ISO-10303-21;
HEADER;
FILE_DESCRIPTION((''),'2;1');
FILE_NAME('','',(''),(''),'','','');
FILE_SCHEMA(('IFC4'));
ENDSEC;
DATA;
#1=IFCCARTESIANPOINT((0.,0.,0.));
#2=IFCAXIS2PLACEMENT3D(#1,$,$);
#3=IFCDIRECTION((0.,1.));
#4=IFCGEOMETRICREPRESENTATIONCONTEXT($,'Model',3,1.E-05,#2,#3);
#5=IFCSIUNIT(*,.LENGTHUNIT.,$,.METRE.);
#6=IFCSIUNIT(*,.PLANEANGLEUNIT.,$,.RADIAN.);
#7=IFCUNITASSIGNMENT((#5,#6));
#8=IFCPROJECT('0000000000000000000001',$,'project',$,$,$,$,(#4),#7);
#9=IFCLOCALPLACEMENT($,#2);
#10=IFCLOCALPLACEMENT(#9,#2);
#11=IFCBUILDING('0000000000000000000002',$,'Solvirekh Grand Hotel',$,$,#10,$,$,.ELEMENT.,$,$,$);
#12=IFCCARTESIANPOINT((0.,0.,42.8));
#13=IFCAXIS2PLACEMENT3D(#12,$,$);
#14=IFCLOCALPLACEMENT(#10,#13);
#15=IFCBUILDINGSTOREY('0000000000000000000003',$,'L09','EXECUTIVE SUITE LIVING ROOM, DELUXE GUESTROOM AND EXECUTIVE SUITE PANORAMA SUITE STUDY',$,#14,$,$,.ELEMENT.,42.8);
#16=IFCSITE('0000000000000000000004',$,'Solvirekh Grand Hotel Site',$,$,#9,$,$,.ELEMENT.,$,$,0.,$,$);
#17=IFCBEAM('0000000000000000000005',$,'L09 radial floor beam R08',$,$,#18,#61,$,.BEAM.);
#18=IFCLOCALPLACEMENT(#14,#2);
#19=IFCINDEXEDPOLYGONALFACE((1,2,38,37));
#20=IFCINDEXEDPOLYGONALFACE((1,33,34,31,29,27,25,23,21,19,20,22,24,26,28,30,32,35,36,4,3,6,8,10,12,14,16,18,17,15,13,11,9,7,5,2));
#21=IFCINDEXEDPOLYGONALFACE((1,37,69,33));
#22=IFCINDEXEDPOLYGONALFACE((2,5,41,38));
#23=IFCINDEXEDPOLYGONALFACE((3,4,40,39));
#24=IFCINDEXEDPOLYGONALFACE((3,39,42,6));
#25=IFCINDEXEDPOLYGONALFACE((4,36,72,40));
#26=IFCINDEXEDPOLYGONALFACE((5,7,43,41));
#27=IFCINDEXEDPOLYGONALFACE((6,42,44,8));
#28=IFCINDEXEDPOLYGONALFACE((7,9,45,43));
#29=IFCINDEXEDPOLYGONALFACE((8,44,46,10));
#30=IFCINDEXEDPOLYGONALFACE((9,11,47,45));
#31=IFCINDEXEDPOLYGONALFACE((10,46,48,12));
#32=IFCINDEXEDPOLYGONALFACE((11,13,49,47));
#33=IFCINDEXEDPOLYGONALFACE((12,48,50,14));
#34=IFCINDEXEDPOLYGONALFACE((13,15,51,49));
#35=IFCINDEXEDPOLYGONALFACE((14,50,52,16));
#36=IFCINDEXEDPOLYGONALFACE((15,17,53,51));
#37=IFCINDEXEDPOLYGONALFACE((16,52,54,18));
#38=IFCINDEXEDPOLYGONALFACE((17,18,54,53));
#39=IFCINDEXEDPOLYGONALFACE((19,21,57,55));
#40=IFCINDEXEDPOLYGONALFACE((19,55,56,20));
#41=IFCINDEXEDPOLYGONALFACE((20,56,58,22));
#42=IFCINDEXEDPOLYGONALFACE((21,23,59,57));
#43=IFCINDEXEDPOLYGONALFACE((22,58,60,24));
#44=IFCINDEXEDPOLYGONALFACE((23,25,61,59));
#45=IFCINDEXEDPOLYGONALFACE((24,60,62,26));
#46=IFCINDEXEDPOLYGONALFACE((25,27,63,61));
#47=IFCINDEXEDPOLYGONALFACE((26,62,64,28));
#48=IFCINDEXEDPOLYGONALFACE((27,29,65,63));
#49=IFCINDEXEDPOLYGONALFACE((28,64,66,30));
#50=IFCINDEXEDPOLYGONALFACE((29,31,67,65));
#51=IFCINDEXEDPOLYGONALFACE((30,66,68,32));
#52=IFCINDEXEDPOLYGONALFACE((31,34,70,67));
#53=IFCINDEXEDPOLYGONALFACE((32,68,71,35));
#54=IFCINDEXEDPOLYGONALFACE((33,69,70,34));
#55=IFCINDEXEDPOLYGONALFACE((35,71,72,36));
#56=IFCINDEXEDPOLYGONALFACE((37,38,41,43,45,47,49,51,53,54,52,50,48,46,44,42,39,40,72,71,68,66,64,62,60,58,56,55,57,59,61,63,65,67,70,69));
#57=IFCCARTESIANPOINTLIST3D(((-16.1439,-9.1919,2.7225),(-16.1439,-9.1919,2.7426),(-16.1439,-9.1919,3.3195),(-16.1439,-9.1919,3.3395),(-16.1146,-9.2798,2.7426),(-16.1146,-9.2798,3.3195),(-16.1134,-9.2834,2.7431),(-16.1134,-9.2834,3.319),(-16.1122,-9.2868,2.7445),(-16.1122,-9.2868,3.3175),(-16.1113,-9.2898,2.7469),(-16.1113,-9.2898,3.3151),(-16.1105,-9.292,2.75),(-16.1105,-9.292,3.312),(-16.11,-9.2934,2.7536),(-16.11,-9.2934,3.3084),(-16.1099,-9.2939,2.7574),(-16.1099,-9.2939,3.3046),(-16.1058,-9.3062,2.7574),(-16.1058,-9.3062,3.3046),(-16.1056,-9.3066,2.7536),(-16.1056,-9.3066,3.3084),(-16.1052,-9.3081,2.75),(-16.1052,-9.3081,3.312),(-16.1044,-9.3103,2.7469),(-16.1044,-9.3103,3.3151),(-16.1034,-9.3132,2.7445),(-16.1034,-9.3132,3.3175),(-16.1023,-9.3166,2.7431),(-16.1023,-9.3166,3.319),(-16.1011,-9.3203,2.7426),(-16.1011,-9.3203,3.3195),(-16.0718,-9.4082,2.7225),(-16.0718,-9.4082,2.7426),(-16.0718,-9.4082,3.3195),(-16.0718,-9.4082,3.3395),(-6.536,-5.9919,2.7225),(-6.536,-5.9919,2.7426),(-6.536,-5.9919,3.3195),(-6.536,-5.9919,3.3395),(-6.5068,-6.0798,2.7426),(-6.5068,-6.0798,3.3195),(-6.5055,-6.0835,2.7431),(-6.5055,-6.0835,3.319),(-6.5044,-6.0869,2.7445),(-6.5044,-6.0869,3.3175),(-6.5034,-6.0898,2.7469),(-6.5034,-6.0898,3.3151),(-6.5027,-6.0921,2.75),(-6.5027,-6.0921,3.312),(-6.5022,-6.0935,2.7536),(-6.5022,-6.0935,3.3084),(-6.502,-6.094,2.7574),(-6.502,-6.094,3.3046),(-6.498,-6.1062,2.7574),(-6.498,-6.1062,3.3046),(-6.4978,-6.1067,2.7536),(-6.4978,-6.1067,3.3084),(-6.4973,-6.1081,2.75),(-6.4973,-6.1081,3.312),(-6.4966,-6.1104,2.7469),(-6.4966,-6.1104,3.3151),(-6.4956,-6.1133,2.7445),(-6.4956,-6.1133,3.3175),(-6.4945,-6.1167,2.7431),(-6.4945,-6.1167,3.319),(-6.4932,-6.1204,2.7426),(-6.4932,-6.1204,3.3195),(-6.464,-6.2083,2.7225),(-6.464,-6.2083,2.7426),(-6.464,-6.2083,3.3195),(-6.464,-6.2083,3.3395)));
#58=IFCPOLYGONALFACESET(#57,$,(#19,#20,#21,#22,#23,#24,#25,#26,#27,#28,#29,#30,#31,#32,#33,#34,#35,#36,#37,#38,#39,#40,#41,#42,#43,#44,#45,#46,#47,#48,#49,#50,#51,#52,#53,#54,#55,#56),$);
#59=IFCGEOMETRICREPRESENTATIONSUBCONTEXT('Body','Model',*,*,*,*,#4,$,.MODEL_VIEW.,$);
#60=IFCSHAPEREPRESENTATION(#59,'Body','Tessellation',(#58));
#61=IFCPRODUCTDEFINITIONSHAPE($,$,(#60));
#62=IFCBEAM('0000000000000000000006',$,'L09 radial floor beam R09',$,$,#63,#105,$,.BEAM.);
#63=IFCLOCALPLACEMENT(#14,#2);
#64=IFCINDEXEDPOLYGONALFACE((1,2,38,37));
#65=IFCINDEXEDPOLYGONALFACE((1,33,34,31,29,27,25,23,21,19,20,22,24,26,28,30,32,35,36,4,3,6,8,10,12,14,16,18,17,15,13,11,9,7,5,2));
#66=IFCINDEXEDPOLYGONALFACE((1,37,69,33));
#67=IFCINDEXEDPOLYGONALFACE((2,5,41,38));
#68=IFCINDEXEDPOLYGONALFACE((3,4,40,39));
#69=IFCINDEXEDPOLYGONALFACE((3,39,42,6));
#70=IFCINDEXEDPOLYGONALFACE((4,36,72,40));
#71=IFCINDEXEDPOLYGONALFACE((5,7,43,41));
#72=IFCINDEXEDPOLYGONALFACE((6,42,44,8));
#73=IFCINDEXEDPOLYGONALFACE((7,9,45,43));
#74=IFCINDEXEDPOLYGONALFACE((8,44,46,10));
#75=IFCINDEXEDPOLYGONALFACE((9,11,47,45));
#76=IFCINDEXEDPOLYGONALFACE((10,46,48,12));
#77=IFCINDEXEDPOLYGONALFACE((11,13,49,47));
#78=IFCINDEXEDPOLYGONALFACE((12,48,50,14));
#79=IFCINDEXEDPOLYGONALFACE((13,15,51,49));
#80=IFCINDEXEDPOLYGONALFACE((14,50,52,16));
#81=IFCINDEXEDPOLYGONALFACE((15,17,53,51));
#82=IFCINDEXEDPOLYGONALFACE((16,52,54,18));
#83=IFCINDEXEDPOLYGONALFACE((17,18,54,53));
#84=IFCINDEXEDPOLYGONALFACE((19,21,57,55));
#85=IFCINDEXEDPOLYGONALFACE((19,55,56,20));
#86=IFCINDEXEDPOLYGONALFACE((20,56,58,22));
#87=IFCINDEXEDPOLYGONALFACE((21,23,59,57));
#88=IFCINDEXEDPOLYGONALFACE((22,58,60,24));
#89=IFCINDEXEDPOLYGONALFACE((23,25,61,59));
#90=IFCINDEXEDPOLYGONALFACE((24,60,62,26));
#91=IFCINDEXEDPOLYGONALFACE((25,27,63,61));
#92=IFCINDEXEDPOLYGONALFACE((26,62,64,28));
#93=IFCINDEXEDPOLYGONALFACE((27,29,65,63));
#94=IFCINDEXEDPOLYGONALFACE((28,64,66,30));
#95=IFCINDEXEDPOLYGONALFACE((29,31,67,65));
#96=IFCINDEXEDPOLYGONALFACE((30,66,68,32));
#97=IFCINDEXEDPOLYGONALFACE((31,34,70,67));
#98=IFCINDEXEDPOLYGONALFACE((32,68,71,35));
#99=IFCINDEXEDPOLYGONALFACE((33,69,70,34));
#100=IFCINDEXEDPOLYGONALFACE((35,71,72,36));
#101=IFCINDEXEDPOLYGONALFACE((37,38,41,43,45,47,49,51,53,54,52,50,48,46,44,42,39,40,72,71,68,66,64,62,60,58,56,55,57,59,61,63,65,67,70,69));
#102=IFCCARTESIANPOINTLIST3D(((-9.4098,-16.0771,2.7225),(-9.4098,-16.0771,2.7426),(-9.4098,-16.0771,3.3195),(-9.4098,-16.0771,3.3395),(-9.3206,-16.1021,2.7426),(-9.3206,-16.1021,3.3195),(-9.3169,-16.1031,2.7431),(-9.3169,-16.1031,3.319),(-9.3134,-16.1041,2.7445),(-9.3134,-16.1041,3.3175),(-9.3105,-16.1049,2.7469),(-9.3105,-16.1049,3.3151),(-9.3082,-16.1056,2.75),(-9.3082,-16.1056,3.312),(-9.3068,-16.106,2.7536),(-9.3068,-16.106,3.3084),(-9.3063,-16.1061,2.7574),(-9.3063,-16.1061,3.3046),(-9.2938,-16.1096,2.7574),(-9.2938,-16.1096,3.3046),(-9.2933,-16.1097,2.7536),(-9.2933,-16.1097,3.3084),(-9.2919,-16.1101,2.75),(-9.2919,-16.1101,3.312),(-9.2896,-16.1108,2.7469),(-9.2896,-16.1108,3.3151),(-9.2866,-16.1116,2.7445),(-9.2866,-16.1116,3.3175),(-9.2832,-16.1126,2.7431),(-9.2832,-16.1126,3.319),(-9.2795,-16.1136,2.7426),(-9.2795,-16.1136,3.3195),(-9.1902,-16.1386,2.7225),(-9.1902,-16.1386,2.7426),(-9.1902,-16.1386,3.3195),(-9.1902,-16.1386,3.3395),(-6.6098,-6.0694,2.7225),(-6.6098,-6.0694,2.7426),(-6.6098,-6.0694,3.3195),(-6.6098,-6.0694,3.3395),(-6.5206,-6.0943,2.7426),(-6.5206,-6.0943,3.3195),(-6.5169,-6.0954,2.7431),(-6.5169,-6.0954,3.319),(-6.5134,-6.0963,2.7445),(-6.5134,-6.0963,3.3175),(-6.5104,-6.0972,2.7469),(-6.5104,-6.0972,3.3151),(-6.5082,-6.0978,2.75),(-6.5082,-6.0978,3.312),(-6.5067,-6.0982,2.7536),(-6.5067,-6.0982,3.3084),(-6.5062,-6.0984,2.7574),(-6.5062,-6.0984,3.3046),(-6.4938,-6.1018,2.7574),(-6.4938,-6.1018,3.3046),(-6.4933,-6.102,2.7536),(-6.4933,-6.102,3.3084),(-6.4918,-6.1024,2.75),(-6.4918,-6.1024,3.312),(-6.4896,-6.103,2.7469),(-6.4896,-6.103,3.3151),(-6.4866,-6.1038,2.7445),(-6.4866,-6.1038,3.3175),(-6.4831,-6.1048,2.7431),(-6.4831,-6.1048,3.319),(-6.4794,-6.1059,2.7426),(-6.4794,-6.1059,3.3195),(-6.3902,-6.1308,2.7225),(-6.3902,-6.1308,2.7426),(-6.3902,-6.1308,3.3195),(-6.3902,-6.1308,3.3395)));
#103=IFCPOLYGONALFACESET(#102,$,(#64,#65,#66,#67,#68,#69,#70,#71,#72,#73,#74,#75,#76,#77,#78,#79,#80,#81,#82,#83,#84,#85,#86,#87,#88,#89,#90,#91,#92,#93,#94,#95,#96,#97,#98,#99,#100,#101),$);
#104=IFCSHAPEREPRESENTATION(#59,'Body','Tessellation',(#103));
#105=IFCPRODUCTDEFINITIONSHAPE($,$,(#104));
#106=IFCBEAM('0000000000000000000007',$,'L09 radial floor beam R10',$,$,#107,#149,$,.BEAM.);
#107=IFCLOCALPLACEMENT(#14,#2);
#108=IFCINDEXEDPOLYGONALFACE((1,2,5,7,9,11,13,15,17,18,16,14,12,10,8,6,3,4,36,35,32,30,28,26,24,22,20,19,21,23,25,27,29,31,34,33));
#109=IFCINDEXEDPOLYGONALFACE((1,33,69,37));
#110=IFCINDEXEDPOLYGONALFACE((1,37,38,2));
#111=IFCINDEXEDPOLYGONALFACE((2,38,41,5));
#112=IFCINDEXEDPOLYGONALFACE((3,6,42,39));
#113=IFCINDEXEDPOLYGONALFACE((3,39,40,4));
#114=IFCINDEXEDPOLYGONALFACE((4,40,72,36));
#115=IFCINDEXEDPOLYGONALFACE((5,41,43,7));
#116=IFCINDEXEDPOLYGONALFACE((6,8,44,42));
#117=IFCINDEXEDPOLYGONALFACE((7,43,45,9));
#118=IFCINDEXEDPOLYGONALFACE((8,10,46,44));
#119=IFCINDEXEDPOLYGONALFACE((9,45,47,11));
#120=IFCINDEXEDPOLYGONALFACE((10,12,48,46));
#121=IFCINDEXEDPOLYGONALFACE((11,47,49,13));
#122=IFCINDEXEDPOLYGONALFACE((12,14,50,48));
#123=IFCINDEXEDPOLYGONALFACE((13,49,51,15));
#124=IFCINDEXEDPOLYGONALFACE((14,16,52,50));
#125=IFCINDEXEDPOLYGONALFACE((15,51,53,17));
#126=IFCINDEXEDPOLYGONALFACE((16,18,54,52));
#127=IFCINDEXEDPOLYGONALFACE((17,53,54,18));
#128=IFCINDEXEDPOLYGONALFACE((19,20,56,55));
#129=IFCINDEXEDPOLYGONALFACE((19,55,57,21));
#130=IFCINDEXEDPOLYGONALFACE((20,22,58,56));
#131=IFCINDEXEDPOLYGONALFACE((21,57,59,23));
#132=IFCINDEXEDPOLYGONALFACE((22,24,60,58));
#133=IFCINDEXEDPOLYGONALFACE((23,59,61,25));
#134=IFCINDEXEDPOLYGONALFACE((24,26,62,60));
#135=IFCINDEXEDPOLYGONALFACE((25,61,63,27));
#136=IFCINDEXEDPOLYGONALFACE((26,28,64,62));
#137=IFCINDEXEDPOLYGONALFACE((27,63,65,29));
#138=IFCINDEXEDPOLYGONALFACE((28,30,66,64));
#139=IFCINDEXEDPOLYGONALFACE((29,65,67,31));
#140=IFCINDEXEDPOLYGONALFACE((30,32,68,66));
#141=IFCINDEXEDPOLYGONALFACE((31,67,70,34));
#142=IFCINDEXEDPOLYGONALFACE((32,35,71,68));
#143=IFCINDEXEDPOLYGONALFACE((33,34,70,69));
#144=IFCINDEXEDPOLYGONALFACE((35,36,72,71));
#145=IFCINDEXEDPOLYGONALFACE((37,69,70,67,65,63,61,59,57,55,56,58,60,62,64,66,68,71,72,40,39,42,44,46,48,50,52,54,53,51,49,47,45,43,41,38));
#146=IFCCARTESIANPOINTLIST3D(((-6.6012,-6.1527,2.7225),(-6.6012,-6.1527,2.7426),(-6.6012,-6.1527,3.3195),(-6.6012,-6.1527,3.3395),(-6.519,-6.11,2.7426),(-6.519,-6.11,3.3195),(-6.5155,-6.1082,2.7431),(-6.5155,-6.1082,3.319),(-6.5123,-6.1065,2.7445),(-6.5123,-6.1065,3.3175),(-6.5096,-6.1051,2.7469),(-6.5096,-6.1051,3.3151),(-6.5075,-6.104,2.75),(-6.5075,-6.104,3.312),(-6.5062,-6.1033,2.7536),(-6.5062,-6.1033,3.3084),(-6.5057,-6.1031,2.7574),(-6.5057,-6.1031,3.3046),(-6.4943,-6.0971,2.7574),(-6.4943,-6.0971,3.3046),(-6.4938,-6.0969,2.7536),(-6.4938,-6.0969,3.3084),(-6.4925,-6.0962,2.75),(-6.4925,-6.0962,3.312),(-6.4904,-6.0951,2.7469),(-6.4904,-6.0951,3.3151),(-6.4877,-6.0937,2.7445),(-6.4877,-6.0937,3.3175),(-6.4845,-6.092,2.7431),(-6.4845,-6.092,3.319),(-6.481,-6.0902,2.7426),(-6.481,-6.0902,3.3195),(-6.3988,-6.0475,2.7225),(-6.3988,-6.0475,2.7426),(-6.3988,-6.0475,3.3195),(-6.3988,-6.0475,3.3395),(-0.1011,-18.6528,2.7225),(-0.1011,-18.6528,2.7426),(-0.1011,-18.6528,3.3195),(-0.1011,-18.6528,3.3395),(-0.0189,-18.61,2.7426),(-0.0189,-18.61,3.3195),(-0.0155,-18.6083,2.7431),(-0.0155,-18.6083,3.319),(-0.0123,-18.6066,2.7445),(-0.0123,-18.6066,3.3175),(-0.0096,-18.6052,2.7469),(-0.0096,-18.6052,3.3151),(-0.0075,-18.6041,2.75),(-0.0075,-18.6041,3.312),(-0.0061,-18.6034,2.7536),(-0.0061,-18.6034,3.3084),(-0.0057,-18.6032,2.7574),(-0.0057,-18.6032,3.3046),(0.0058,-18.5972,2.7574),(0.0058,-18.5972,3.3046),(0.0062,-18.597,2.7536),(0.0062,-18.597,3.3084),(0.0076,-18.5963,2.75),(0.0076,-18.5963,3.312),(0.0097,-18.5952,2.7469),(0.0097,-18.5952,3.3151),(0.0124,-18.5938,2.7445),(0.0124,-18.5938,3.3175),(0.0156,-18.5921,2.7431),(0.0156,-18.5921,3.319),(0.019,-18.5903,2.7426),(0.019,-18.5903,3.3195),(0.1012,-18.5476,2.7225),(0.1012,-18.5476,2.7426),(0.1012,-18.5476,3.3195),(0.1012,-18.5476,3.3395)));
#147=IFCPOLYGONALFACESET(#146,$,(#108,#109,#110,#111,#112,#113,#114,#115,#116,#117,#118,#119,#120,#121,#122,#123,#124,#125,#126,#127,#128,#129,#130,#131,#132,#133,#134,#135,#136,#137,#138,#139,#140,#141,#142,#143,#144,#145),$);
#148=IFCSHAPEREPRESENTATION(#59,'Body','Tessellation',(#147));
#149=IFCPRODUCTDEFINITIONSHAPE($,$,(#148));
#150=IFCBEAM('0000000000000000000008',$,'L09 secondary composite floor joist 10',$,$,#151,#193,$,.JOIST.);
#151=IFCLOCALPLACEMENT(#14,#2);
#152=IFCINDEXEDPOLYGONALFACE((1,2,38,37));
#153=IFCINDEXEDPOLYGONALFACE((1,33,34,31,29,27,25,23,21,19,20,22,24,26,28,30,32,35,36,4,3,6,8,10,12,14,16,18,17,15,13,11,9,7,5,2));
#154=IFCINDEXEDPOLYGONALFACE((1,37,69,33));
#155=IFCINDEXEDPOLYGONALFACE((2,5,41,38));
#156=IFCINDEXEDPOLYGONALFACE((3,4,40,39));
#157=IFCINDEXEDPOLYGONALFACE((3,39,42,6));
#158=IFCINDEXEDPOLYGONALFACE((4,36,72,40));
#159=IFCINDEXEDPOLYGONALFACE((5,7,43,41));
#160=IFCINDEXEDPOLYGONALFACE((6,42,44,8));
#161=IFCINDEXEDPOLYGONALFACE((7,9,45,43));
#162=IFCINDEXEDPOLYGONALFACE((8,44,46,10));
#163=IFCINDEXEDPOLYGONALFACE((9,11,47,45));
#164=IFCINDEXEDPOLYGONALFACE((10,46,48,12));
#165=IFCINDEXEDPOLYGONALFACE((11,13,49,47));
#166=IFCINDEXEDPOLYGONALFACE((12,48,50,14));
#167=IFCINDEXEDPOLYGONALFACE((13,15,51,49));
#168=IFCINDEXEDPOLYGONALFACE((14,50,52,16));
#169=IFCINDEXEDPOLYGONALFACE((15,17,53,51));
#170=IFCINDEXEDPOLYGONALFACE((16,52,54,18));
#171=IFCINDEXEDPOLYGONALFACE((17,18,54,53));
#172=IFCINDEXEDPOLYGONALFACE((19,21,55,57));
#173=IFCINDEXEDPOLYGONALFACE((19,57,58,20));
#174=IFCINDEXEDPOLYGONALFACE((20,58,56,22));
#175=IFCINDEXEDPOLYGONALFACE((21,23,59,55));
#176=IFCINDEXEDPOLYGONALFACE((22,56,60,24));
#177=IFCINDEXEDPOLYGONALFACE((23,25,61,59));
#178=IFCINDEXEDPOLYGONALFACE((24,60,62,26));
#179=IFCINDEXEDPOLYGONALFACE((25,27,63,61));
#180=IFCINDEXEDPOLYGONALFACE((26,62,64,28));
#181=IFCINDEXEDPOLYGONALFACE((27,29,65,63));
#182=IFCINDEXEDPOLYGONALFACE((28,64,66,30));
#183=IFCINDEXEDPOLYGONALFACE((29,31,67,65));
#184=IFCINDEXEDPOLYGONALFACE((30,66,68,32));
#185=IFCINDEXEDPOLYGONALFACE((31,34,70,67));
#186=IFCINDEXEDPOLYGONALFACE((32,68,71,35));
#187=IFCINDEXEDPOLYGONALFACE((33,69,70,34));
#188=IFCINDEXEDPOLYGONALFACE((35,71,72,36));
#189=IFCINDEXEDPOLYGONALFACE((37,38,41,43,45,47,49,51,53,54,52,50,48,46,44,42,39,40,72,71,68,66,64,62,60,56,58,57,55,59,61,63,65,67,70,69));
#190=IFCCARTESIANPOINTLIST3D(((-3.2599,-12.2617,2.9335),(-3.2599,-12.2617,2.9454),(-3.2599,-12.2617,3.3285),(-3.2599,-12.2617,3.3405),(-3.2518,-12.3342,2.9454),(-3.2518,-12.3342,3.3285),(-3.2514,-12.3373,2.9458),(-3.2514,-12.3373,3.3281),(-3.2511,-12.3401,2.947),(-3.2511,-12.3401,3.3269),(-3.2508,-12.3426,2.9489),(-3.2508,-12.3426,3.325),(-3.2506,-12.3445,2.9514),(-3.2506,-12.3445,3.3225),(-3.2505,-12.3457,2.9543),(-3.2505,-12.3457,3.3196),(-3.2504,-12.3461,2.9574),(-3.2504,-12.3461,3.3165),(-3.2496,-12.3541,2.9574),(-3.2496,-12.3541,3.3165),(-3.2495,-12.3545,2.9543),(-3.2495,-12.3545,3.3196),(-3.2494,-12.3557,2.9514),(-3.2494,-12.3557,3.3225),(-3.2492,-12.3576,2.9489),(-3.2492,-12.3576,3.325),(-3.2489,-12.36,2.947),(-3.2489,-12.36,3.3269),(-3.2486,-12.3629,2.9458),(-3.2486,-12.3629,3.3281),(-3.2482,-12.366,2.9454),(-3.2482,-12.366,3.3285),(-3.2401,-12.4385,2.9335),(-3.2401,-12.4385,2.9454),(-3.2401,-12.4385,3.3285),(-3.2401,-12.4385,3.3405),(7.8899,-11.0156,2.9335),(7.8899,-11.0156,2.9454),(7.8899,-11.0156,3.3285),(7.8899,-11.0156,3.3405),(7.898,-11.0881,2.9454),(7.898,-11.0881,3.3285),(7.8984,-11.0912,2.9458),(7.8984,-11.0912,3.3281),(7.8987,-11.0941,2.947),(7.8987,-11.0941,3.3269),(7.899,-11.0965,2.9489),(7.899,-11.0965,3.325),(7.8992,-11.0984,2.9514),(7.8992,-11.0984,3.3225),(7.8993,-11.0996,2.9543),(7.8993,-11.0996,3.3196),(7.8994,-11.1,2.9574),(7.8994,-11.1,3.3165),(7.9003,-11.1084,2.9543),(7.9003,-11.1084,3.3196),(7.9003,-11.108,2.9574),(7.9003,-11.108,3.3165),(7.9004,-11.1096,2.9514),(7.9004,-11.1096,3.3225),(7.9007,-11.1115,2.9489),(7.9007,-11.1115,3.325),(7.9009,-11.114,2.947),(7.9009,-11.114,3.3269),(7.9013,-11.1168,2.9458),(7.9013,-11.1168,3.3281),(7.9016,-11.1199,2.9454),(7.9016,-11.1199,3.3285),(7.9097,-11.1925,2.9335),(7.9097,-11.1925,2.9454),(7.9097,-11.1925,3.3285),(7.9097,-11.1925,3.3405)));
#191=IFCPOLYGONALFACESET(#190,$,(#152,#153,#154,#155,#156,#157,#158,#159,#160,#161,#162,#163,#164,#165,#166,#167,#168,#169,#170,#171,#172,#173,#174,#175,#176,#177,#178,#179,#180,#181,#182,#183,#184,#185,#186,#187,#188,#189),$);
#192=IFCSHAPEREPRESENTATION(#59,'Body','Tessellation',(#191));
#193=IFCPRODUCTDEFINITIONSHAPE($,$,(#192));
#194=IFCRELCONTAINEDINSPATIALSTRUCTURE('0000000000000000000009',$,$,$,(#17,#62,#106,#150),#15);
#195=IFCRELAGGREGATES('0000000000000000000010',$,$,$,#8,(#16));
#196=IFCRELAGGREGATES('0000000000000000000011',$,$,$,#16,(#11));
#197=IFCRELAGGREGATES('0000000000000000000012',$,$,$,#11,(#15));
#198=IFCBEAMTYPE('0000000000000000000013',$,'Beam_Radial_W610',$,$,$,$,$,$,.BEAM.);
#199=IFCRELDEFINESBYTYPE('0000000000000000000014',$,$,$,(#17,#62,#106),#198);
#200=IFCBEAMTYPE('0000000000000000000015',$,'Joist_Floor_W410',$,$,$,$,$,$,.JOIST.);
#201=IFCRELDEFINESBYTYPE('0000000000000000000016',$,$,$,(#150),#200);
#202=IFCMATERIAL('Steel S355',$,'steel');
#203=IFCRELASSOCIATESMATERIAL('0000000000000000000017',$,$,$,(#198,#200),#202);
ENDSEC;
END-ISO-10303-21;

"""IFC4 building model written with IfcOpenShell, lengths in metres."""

from ifc_helpers import new_model, si_unit, direction, frame, origin, origin_2d, place, context, subcontext, project, spatial, i_section, extrude, material, material_profile, profile_set, type_object, element, save


model = new_model("IFC4")

# Units and contexts
model_context = context("Model", 3, precision=1e-05, world=origin(), true_north=direction((0.0, 1.0)))
body_context = subcontext(model_context, "Body", "Model", "MODEL_VIEW")
ifc_project = project(units=[si_unit("LENGTHUNIT", "METRE"), si_unit("PLANEANGLEUNIT", "RADIAN")], contexts=[model_context])

# Site, building, storey
site_placement = place(None, origin())
site = spatial("IfcSite", under=ifc_project, at=site_placement, Name="Solvirekh Grand Hotel Site", CompositionType="ELEMENT", RefElevation=0.0)
building_placement = place(site_placement, origin())
building = spatial("IfcBuilding", under=site, at=building_placement, Name="Solvirekh Grand Hotel", CompositionType="ELEMENT")
storey_placement = place(building_placement, frame((0.0, 0.0, 42.8)))
storey = spatial("IfcBuildingStorey", under=building, at=storey_placement, Name="L09", Description="EXECUTIVE SUITE LIVING ROOM, DELUXE GUESTROOM AND EXECUTIVE SUITE PANORAMA SUITE STUDY", CompositionType="ELEMENT", Elevation=42.8)

# Beams
ifc_material_1 = material(Name="Steel S355", Category="steel")
ifc_material_profile_1 = material_profile(ifc_material_1, i_section(OverallWidth=0.228, OverallDepth=0.6169, WebThickness=0.0129, FlangeThickness=0.02, FilletRadius=0.0149, at=origin_2d()), Name="W610X140")
ifc_profile_set_1 = profile_set([ifc_material_profile_1], Name="Steel S355")
beam_type_1 = type_object("IfcBeamType", Name="Beam_Radial_W610", PredefinedType="BEAM", material=ifc_profile_set_1)
beam_1_placement = place(storey_placement, frame((-6.5, -6.1001, 3.031), z_axis=(-0.948763, -0.315989, 0.0), x_axis=(0.315989, -0.948763, 0.0)))
element("IfcBeam", 1, at=beam_1_placement, inside=storey, type_object=beam_type_1, Name="L09 radial floor beam R08", PredefinedType="BEAM", context=body_context, shape_type="SweptSolid", body=[
    extrude(i_section(OverallWidth=0.228, OverallDepth=0.6169, WebThickness=0.0129, FlangeThickness=0.02, FilletRadius=0.0149, at=origin_2d()), origin(), (0.0, 0.0, 1.0), 10.1267),
])
beam_2_placement = place(storey_placement, frame((-6.5, -6.1001, 3.031), z_axis=(-0.269439, -0.963017, 0.0), x_axis=(0.963017, -0.269439, 0.0)))
element("IfcBeam", 2, at=beam_2_placement, inside=storey, type_object=beam_type_1, Name="L09 radial floor beam R09", PredefinedType="BEAM", context=body_context, shape_type="SweptSolid", body=[
    extrude(i_section(OverallWidth=0.228, OverallDepth=0.6169, WebThickness=0.0129, FlangeThickness=0.02, FilletRadius=0.0149, at=origin_2d()), origin(), (0.0, 0.0, 1.0), 10.3921),
])
beam_3_placement = place(storey_placement, frame((-6.5, -6.1001, 3.031), z_axis=(0.461353, -0.887217, 0.0), x_axis=(0.887217, 0.461353, 0.0)))
element("IfcBeam", 3, at=beam_3_placement, inside=storey, type_object=beam_type_1, Name="L09 radial floor beam R10", PredefinedType="BEAM", context=body_context, shape_type="SweptSolid", body=[
    extrude(i_section(OverallWidth=0.228, OverallDepth=0.6169, WebThickness=0.0129, FlangeThickness=0.02, FilletRadius=0.0149, at=origin_2d()), origin(), (0.0, 0.0, 1.0), 14.0891),
])
ifc_material_profile_2 = material_profile(ifc_material_1, i_section(OverallWidth=0.178, OverallDepth=0.407, WebThickness=0.0081, FlangeThickness=0.012, FilletRadius=0.012, at=origin_2d()), Name="W410X60")
ifc_profile_set_2 = profile_set([ifc_material_profile_2], Name="Steel S355")
beam_type_2 = type_object("IfcBeamType", Name="Joist_Floor_W410", PredefinedType="JOIST", material=ifc_profile_set_2)
beam_4_placement = place(storey_placement, frame((-3.25, -12.3501, 3.137), z_axis=(0.993813, 0.111067, 0.0), x_axis=(-0.111067, 0.993813, 0.0)))
element("IfcBeam", 4, at=beam_4_placement, inside=storey, type_object=beam_type_2, Name="L09 secondary composite floor joist 10", PredefinedType="JOIST", context=body_context, shape_type="SweptSolid", body=[
    extrude(i_section(OverallWidth=0.178, OverallDepth=0.407, WebThickness=0.0081, FlangeThickness=0.012, FilletRadius=0.012, at=origin_2d()), origin(), (0.0, 0.0, 1.0), 11.2192),
])

save(model, "model.ifc")
